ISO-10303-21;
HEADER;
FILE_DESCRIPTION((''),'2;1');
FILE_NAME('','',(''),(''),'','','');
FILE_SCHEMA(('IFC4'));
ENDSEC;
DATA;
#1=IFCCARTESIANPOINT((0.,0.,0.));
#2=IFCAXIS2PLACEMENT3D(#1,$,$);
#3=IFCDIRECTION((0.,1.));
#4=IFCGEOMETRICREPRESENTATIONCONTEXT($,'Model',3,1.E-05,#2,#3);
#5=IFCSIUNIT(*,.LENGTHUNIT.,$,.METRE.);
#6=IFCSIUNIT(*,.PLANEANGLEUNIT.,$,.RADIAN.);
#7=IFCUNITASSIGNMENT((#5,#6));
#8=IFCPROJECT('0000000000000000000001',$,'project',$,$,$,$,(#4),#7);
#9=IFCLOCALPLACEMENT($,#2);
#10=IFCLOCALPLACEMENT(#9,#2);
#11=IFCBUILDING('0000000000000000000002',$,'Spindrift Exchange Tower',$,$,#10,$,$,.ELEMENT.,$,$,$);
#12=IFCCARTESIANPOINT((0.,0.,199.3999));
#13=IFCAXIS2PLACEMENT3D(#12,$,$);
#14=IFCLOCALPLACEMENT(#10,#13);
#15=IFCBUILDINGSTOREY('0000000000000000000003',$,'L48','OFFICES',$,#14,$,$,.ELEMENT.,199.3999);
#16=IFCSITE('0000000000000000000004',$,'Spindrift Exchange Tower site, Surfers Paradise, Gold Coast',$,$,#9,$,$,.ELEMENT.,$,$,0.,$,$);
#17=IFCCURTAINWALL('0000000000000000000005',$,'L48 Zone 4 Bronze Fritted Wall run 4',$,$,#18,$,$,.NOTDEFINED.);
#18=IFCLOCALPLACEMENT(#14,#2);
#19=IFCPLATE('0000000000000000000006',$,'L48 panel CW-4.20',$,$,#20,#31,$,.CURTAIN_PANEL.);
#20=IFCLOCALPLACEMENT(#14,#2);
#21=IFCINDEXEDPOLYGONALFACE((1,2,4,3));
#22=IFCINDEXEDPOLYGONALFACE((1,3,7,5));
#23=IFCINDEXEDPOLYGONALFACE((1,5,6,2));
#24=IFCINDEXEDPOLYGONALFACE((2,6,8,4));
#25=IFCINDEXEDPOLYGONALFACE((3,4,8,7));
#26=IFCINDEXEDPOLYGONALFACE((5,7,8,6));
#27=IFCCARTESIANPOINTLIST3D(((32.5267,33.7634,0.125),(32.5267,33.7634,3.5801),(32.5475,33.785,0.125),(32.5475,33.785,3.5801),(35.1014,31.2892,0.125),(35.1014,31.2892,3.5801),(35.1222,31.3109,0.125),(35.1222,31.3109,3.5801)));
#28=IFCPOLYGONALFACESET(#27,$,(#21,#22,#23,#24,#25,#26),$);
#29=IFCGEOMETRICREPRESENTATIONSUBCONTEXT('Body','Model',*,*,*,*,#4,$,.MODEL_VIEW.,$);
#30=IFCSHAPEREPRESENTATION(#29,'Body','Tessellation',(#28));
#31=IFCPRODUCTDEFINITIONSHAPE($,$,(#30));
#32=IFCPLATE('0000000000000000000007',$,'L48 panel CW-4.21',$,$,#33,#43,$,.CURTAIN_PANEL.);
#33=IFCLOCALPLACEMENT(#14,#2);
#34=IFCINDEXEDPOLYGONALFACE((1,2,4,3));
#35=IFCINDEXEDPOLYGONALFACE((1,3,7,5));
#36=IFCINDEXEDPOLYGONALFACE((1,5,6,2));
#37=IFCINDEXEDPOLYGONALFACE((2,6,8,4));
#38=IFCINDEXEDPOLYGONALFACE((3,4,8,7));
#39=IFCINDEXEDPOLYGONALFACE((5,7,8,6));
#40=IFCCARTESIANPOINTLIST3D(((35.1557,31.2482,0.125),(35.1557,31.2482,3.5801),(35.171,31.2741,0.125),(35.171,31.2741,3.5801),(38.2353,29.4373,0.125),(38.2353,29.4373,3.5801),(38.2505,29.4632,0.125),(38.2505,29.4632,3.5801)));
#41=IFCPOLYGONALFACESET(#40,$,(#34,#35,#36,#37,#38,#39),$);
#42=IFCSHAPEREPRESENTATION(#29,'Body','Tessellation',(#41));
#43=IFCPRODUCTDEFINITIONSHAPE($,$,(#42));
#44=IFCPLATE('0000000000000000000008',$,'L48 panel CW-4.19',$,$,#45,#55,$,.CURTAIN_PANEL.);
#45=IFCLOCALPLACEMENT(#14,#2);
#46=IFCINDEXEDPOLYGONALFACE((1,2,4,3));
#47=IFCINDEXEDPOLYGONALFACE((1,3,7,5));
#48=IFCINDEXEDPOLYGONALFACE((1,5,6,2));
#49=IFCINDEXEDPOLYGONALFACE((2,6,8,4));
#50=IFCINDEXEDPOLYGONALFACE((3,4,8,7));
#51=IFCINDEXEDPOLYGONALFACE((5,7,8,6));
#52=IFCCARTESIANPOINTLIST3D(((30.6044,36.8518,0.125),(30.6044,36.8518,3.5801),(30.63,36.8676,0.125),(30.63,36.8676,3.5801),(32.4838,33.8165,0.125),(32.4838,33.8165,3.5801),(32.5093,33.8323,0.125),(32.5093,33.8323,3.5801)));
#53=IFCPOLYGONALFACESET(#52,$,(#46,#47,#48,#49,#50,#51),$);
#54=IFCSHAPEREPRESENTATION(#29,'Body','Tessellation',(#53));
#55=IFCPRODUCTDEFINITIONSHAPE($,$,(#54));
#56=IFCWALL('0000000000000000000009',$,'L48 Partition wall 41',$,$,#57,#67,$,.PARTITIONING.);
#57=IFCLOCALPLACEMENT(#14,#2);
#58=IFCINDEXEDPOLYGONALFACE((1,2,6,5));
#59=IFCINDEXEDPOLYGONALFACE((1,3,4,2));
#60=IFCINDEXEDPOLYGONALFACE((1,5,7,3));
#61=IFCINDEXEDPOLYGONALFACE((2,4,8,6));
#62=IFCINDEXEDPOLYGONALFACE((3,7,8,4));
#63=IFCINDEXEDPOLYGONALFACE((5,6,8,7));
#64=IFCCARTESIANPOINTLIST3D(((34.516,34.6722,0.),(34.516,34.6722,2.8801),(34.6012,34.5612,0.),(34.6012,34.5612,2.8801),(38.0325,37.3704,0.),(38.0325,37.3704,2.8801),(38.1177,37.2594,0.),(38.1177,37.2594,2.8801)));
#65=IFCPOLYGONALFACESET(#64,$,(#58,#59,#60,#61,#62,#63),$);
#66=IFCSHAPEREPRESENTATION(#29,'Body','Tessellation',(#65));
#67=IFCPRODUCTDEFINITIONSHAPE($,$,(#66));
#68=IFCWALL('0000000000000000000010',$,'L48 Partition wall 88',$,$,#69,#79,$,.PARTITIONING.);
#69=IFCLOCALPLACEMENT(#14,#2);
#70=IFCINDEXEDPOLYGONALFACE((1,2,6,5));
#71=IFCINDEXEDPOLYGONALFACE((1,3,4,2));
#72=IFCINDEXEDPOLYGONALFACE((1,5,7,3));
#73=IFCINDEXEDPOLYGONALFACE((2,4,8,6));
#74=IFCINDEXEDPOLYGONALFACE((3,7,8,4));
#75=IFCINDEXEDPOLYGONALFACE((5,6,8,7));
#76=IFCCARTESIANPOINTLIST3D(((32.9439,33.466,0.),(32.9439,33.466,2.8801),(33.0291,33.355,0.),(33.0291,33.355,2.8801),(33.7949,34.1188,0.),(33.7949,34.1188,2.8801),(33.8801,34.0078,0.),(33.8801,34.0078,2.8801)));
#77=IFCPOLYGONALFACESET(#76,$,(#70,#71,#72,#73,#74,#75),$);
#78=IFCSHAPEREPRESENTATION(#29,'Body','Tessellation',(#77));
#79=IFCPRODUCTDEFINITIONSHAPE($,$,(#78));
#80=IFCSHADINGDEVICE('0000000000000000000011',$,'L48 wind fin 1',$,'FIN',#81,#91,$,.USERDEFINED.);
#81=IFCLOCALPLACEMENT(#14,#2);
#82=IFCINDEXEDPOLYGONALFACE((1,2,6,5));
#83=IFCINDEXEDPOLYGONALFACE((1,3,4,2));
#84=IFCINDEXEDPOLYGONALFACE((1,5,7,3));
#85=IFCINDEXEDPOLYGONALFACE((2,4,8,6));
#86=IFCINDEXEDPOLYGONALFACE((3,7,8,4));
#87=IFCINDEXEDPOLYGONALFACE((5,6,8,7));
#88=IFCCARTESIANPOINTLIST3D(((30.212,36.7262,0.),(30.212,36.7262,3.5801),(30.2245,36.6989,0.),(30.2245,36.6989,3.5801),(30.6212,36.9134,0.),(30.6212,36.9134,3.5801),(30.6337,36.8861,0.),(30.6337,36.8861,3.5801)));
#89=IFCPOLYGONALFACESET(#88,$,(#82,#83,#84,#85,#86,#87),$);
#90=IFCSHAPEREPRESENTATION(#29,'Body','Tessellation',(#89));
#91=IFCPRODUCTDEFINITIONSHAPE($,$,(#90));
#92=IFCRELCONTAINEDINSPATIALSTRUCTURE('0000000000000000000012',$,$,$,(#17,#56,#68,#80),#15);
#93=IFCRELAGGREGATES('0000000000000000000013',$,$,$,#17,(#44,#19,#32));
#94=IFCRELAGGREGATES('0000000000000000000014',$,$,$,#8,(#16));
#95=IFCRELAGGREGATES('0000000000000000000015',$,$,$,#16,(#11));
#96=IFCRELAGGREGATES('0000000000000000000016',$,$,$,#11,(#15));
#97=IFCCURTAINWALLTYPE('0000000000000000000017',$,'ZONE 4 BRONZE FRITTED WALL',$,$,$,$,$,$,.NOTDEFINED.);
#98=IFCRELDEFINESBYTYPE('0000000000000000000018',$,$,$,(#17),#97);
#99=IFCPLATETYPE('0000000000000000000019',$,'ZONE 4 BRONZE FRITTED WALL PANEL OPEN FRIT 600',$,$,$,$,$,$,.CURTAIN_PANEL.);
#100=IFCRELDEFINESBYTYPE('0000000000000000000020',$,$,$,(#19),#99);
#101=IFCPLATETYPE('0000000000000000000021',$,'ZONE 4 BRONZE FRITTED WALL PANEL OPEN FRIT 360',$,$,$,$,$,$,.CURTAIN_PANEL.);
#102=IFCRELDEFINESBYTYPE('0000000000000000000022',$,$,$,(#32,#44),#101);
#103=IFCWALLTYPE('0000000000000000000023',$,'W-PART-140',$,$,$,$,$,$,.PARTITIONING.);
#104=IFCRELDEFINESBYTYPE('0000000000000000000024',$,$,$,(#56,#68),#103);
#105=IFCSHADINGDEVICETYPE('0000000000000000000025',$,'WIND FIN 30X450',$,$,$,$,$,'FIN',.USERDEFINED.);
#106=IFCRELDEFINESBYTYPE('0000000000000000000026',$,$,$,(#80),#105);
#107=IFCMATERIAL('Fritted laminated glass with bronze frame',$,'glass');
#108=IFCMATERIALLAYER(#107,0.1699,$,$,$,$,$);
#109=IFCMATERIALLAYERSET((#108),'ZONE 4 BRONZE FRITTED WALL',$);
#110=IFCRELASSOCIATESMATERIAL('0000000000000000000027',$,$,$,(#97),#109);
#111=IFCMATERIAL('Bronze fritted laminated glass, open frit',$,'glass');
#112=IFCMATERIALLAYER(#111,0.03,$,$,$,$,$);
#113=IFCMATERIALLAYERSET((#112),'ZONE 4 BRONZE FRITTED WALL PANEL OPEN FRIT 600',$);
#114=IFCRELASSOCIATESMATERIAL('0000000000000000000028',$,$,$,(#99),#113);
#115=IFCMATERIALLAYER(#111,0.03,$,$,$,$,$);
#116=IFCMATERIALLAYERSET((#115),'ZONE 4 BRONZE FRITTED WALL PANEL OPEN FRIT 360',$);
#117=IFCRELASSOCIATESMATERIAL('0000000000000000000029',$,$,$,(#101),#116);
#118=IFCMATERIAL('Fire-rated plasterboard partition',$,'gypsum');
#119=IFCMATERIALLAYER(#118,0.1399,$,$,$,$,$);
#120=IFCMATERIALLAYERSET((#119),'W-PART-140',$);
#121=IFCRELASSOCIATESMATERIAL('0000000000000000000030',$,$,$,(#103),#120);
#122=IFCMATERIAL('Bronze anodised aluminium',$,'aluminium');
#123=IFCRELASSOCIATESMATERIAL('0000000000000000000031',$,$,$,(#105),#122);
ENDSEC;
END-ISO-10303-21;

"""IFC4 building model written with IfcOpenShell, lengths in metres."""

from ifc_helpers import new_model, si_unit, direction, frame, frame_2d, origin, origin_2d, place, context, subcontext, project, spatial, rectangle, extrude, source, transform, mapped, material, layer, layer_set, material_profile, profile_set, type_object, element, aggregate, save


model = new_model("IFC4")

# Units and contexts
model_context = context("Model", 3, precision=1e-05, world=origin(), true_north=direction((0.0, 1.0)))
body_context = subcontext(model_context, "Body", "Model", "MODEL_VIEW")
ifc_project = project(units=[si_unit("LENGTHUNIT", "METRE"), si_unit("PLANEANGLEUNIT", "RADIAN")], contexts=[model_context])

# Site, building, storey
site_placement = place(None, origin())
site = spatial("IfcSite", under=ifc_project, at=site_placement, Name="Spindrift Exchange Tower site, Surfers Paradise, Gold Coast", CompositionType="ELEMENT", RefElevation=0.0)
building_placement = place(site_placement, origin())
building = spatial("IfcBuilding", under=site, at=building_placement, Name="Spindrift Exchange Tower", CompositionType="ELEMENT")
storey_placement = place(building_placement, frame((0.0, 0.0, 199.3999)))
storey = spatial("IfcBuildingStorey", under=building, at=storey_placement, Name="L48", Description="OFFICES", CompositionType="ELEMENT", Elevation=199.3999)

# Curtain wall
ifc_material_1 = material(Name="Fritted laminated glass with bronze frame", Category="glass")
ifc_layer_1 = layer(ifc_material_1, 0.1699)
ifc_layer_set_1 = layer_set([ifc_layer_1], Name="ZONE 4 BRONZE FRITTED WALL")
curtain_wall_type = type_object("IfcCurtainWallType", Name="ZONE 4 BRONZE FRITTED WALL", PredefinedType="NOTDEFINED", material=ifc_layer_set_1)
curtain_wall_placement = place(storey_placement, origin())
curtain_wall = element("IfcCurtainWall", 1, at=curtain_wall_placement, inside=storey, type_object=curtain_wall_type, Name="L48 Zone 4 Bronze Fritted Wall run 4", PredefinedType="NOTDEFINED")
ifc_material_2 = material(Name="Bronze anodised aluminium", Category="aluminium")

# Plates
ifc_material_3 = material(Name="Bronze fritted laminated glass, open frit", Category="glass")
ifc_layer_2 = layer(ifc_material_3, 0.03)
ifc_layer_set_2 = layer_set([ifc_layer_2], Name="ZONE 4 BRONZE FRITTED WALL PANEL OPEN FRIT 600")
plate_type_1 = type_object("IfcPlateType", Name="ZONE 4 BRONZE FRITTED WALL PANEL OPEN FRIT 600", PredefinedType="CURTAIN_PANEL", material=ifc_layer_set_2)
shared_shape_1 = source(origin(), body_context, "Body", "SweptSolid", [
    extrude(rectangle(XDim=3.5708, YDim=0.03, at=origin_2d()), origin(), (0.0, 0.0, 1.0), 3.4551),
])
plate_1_placement = place(storey_placement, frame((33.8245, 32.5371, 0.125), z_axis=(0.0, 0.0, 1.0), x_axis=(0.721048, -0.692885, 0.0)))
plate_1 = element("IfcPlate", 2, at=plate_1_placement, type_object=plate_type_1, Name="L48 panel CW-4.20", PredefinedType="CURTAIN_PANEL", context=body_context, shape_type="MappedRepresentation", body=[
    mapped(shared_shape_1, transform((0.0, 0.0, 0.0), scale=1.0)),
])
ifc_layer_3 = layer(ifc_material_3, 0.03)
ifc_layer_set_3 = layer_set([ifc_layer_3], Name="ZONE 4 BRONZE FRITTED WALL PANEL OPEN FRIT 360")
plate_type_2 = type_object("IfcPlateType", Name="ZONE 4 BRONZE FRITTED WALL PANEL OPEN FRIT 360", PredefinedType="CURTAIN_PANEL", material=ifc_layer_set_3)
shared_shape_2 = source(origin(), body_context, "Body", "SweptSolid", [
    extrude(rectangle(XDim=3.5725, YDim=0.03, at=origin_2d()), origin(), (0.0, 0.0, 1.0), 3.4551),
])
plate_2_placement = place(storey_placement, frame((36.7031, 30.3557, 0.125), z_axis=(0.0, 0.0, 1.0), x_axis=(0.862008, -0.506895, 0.0)))
plate_2 = element("IfcPlate", 3, at=plate_2_placement, type_object=plate_type_2, Name="L48 panel CW-4.21", PredefinedType="CURTAIN_PANEL", context=body_context, shape_type="MappedRepresentation", body=[
    mapped(shared_shape_2, transform((0.0, 0.0, 0.0), scale=1.0)),
])
shared_shape_3 = source(origin(), body_context, "Body", "SweptSolid", [
    extrude(rectangle(XDim=3.5701, YDim=0.03, at=origin_2d()), origin(), (0.0, 0.0, 1.0), 3.4551),
])
plate_3_placement = place(storey_placement, frame((31.5569, 35.342, 0.125), z_axis=(0.0, 0.0, 1.0), x_axis=(0.526429, -0.850219, 0.0)))
plate_3 = element("IfcPlate", 4, at=plate_3_placement, type_object=plate_type_2, Name="L48 panel CW-4.19", PredefinedType="CURTAIN_PANEL", context=body_context, shape_type="MappedRepresentation", body=[
    mapped(shared_shape_3, transform((0.0, 0.0, 0.0), scale=1.0)),
])
aggregate(curtain_wall, [plate_3, plate_1, plate_2])

# Walls
ifc_material_4 = material(Name="Fire-rated plasterboard partition", Category="gypsum")
ifc_layer_4 = layer(ifc_material_4, 0.1399)
ifc_layer_set_4 = layer_set([ifc_layer_4], Name="W-PART-140")
wall_type = type_object("IfcWallType", Name="W-PART-140", PredefinedType="PARTITIONING", material=ifc_layer_set_4)
wall_1_placement = place(storey_placement, frame((38.0752, 37.3149, 0.0), z_axis=(0.0, 0.0, 1.0), x_axis=(-0.793369, -0.608741, 0.0)))
element("IfcWall", 5, at=wall_1_placement, inside=storey, type_object=wall_type, Name="L48 Partition wall 41", PredefinedType="PARTITIONING", context=body_context, shape_type="SweptSolid", body=[
    extrude(rectangle(XDim=4.4324, YDim=0.1399, at=frame_2d((2.2163, 0.0))), origin(), (0.0, 0.0, 1.0), 2.8801),
])
wall_2_placement = place(storey_placement, frame((33.8374, 34.0632, 0.0), z_axis=(0.0, 0.0, 1.0), x_axis=(-0.793452, -0.608632, 0.0)))
element("IfcWall", 6, at=wall_2_placement, inside=storey, type_object=wall_type, Name="L48 Partition wall 88", PredefinedType="PARTITIONING", context=body_context, shape_type="SweptSolid", body=[
    extrude(rectangle(XDim=1.0725, YDim=0.1399, at=frame_2d((0.5361, 0.0))), origin(), (0.0, 0.0, 1.0), 2.8801),
])

# Shading device
ifc_material_profile_1 = material_profile(ifc_material_2, rectangle(XDim=0.03, YDim=0.45, at=origin_2d()), Name="WIND FIN 30X450")
ifc_profile_set_1 = profile_set([ifc_material_profile_1], Name="Bronze anodised aluminium")
shading_device_type = type_object("IfcShadingDeviceType", Name="WIND FIN 30X450", ElementType="FIN", PredefinedType="USERDEFINED", material=ifc_profile_set_1)
shared_shape_4 = source(origin(), body_context, "Body", "SweptSolid", [
    extrude(rectangle(XDim=0.03, YDim=0.45, at=origin_2d()), origin(), (0.0, 0.0, 1.0), 3.5801),
])
shading_device_placement = place(storey_placement, frame((30.4229, 36.8062, 0.0), z_axis=(0.0, 0.0, 1.0), x_axis=(0.415914, -0.909404, 0.0)))
element("IfcShadingDevice", 7, at=shading_device_placement, inside=storey, type_object=shading_device_type, Name="L48 wind fin 1", ObjectType="FIN", PredefinedType="USERDEFINED", context=body_context, shape_type="MappedRepresentation", body=[
    mapped(shared_shape_4, transform((0.0, 0.0, 0.0), scale=1.0)),
])

save(model, "model.ifc")
